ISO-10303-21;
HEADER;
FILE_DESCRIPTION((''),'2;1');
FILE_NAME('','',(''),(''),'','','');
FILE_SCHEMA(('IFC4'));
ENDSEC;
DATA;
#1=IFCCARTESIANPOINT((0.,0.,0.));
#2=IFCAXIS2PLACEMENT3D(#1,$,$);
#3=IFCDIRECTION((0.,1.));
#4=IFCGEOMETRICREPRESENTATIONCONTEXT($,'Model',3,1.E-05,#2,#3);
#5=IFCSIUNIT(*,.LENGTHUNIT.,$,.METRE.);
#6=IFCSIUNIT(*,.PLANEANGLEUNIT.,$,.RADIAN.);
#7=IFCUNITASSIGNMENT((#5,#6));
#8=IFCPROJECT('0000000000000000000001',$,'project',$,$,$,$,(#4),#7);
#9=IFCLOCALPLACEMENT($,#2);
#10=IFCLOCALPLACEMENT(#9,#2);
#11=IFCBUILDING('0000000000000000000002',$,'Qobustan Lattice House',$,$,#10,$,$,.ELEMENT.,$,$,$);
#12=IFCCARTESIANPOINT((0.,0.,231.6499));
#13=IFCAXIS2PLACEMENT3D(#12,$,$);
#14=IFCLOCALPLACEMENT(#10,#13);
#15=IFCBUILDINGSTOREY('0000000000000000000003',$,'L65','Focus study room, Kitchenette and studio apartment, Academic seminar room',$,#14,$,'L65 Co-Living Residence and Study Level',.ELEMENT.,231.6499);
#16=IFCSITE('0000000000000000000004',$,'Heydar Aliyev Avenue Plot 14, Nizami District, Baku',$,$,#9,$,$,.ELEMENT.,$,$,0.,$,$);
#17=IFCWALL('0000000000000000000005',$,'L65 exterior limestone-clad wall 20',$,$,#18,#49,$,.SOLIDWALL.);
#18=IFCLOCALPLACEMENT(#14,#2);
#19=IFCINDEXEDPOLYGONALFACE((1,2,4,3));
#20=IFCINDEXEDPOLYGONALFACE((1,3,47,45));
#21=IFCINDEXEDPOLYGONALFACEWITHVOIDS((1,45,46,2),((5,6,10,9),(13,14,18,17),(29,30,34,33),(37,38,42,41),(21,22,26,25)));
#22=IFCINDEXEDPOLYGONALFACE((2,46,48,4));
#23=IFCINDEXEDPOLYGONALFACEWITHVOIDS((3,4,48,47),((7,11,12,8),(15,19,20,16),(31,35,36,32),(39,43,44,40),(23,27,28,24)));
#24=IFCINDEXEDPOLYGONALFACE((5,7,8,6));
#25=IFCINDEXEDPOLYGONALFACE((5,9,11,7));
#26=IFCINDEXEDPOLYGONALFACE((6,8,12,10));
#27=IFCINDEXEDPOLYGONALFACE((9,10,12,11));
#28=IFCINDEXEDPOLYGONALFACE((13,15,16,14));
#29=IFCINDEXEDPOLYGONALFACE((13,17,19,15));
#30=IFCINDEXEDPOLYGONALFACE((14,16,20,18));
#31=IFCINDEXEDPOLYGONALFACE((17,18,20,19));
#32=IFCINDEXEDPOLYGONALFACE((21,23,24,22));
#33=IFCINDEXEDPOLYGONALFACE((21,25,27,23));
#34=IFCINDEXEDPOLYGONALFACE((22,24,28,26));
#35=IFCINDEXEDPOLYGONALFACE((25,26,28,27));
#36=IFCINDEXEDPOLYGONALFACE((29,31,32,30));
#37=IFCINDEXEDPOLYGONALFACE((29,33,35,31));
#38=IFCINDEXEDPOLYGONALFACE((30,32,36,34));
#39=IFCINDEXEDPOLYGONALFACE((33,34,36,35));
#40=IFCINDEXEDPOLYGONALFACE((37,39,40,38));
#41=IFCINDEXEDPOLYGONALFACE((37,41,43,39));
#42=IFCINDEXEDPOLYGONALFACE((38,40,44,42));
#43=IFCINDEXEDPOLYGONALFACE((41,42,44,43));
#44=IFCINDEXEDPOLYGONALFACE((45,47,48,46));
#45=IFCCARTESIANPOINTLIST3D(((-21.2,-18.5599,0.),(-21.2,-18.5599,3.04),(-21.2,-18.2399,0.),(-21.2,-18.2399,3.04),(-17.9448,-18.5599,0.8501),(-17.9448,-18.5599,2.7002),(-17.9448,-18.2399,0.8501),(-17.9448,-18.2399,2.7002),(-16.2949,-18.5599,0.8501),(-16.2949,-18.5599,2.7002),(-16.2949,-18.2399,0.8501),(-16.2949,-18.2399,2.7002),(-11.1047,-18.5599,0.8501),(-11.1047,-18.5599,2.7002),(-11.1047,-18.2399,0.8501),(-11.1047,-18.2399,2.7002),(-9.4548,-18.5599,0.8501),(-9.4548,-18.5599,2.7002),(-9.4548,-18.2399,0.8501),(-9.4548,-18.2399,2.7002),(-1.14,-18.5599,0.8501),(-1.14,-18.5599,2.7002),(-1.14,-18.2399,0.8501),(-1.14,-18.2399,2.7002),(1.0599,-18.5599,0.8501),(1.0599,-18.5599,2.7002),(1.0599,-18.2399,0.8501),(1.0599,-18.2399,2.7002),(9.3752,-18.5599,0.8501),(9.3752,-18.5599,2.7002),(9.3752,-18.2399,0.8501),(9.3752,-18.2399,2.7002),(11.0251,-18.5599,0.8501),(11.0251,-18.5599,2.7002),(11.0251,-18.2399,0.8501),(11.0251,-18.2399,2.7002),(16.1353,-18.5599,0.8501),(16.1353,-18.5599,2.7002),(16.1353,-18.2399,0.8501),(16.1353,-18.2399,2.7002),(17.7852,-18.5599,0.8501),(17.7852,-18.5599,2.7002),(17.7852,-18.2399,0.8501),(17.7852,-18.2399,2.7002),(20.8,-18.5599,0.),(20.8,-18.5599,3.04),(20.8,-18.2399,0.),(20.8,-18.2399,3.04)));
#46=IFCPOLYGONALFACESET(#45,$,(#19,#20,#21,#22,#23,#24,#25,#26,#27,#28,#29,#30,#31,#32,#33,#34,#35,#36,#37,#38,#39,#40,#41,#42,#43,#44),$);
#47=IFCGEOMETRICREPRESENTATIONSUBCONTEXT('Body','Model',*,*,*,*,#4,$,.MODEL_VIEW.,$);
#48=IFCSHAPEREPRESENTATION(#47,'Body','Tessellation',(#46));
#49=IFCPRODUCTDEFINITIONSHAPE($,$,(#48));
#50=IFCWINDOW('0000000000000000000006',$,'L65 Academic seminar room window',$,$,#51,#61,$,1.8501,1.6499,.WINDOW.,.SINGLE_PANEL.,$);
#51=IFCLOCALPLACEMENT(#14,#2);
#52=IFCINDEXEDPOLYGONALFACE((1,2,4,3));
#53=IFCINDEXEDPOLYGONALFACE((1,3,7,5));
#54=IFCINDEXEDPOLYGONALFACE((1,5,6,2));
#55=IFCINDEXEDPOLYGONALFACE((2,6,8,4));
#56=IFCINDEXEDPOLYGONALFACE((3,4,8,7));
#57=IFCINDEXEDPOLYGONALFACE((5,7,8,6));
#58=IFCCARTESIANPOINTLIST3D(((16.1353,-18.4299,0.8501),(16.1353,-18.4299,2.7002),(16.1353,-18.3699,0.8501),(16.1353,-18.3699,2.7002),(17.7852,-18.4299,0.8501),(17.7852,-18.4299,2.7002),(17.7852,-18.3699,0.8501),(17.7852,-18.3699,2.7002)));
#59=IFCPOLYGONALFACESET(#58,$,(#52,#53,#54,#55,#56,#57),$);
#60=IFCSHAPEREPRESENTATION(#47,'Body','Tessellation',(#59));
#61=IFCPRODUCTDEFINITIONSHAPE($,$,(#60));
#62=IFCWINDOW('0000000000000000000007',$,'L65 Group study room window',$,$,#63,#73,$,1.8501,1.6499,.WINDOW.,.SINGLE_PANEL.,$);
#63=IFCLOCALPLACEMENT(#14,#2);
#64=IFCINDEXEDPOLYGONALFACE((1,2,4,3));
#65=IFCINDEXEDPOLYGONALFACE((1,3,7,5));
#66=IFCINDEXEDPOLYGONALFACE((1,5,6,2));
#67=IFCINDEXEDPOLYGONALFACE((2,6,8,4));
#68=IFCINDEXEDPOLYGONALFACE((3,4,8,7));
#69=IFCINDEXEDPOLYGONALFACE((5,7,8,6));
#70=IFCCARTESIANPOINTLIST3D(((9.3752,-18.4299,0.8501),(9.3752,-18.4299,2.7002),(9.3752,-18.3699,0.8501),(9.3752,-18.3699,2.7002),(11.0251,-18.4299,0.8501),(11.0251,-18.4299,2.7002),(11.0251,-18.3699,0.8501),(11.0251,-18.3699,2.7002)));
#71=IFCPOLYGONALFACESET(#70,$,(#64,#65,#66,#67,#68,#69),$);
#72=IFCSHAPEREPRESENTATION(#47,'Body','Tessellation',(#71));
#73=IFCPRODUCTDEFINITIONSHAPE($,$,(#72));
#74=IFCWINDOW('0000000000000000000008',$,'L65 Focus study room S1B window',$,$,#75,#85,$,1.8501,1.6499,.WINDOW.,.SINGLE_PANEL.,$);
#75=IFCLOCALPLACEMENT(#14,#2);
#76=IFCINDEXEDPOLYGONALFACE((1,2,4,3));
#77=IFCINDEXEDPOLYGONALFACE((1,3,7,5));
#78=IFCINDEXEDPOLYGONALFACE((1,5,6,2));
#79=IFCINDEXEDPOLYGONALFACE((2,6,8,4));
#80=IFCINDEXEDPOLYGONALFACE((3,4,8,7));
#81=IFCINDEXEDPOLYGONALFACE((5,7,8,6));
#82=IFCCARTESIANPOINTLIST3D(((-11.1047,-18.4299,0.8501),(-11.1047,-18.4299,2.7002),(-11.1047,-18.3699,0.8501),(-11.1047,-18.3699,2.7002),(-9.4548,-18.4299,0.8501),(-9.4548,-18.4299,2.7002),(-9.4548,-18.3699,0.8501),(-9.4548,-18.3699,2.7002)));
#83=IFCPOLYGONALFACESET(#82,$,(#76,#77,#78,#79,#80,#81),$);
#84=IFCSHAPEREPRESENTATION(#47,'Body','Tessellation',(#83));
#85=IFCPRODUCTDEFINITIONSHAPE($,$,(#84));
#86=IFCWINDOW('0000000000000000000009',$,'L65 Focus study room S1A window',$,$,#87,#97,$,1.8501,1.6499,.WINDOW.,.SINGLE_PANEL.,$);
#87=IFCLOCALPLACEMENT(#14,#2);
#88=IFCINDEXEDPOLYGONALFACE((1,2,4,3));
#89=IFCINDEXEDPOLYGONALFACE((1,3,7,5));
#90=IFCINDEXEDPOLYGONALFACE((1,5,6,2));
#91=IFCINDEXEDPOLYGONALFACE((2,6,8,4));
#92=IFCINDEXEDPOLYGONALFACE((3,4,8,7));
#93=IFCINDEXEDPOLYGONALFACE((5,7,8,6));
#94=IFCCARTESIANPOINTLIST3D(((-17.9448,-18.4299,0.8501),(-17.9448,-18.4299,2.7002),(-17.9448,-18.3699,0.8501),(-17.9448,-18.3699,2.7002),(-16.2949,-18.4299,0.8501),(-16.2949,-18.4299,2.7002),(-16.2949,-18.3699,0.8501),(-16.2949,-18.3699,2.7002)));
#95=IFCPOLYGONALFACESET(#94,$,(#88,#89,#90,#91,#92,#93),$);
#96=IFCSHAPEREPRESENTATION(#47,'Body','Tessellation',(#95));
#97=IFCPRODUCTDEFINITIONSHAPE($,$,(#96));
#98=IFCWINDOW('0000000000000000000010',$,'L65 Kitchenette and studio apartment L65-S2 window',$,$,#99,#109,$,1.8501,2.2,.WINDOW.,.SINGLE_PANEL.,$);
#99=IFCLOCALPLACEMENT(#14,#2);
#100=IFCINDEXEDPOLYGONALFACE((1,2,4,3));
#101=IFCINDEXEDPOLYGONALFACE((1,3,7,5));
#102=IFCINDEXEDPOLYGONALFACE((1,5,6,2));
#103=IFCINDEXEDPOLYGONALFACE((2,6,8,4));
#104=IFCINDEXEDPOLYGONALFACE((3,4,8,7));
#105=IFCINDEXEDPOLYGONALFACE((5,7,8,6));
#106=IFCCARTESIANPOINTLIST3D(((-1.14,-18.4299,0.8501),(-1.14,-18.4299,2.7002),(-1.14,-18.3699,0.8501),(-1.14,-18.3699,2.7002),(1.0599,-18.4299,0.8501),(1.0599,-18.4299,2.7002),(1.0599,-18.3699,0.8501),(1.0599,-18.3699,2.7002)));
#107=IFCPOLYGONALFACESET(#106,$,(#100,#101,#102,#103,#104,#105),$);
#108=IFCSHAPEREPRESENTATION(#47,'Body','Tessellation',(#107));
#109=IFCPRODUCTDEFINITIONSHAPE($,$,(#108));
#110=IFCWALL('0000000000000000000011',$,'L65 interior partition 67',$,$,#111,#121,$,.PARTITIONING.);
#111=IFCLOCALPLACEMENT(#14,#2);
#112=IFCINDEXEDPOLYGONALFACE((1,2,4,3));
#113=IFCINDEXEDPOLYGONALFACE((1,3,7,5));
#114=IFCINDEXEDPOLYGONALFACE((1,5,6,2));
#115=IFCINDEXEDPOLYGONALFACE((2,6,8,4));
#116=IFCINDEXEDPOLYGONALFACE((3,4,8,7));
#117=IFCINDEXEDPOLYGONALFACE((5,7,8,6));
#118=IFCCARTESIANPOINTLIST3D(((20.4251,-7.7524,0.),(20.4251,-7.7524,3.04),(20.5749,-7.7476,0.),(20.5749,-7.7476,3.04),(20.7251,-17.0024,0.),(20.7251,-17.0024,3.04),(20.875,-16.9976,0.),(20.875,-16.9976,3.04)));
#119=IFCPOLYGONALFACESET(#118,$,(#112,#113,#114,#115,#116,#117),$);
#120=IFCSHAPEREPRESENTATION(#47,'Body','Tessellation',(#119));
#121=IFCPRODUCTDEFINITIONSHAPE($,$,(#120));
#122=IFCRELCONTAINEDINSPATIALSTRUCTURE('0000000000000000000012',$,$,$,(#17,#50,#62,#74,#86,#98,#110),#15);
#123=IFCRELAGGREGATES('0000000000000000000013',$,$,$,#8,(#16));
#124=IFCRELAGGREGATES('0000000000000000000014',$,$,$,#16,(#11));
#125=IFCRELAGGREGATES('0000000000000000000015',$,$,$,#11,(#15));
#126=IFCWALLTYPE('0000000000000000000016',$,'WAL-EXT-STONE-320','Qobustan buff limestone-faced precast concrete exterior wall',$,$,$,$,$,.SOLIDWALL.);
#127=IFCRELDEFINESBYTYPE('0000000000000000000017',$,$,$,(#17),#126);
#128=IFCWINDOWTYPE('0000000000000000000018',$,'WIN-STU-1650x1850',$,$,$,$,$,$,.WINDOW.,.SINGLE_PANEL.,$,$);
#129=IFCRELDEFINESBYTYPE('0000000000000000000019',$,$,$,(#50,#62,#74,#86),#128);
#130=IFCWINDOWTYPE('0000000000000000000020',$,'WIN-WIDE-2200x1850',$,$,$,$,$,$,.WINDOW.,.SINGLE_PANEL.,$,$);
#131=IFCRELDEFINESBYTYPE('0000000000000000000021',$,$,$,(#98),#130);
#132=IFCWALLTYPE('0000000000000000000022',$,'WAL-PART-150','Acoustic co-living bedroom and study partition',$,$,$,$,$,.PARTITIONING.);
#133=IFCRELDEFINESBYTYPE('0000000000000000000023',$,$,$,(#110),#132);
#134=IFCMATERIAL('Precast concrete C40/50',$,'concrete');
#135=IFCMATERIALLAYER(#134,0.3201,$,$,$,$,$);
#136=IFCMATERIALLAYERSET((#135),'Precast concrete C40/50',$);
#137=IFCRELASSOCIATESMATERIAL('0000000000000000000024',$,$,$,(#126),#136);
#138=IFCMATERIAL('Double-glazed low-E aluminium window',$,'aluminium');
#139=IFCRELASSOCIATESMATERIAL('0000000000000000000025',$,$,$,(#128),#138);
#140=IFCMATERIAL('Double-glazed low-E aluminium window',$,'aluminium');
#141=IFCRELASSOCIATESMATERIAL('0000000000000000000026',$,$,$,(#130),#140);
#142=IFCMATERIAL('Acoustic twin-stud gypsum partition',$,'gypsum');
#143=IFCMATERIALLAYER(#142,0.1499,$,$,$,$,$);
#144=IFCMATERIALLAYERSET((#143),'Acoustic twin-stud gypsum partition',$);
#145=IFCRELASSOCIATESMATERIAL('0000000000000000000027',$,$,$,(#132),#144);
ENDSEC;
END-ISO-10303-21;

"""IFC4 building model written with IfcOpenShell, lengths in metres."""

from ifc_helpers import new_model, si_unit, direction, frame, frame_2d, origin, place, context, subcontext, project, spatial, rectangle, extrude, material, layer, layer_set, type_object, element, fill, save


model = new_model("IFC4")

# Units and contexts
model_context = context("Model", 3, precision=1e-05, world=origin(), true_north=direction((0.0, 1.0)))
body_context = subcontext(model_context, "Body", "Model", "MODEL_VIEW")
ifc_project = project(units=[si_unit("LENGTHUNIT", "METRE"), si_unit("PLANEANGLEUNIT", "RADIAN")], contexts=[model_context])

# Site, building, storey
site_placement = place(None, origin())
site = spatial("IfcSite", under=ifc_project, at=site_placement, Name="Heydar Aliyev Avenue Plot 14, Nizami District, Baku", CompositionType="ELEMENT", RefElevation=0.0)
building_placement = place(site_placement, origin())
building = spatial("IfcBuilding", under=site, at=building_placement, Name="Qobustan Lattice House", CompositionType="ELEMENT")
storey_placement = place(building_placement, frame((0.0, 0.0, 231.6499)))
storey = spatial("IfcBuildingStorey", under=building, at=storey_placement, Name="L65", Description="Focus study room, Kitchenette and studio apartment, Academic seminar room", LongName="L65 Co-Living Residence and Study Level", CompositionType="ELEMENT", Elevation=231.6499)

# Shared definitions
ifc_material_1 = material(Name="Precast concrete C40/50", Category="concrete")
ifc_layer_1 = layer(ifc_material_1, 0.3201)
ifc_layer_set_1 = layer_set([ifc_layer_1], Name="Precast concrete C40/50")
wall_type_1 = type_object("IfcWallType", Name="WAL-EXT-STONE-320", Description="Qobustan buff limestone-faced precast concrete exterior wall", PredefinedType="SOLIDWALL", material=ifc_layer_set_1)

# Wall, openings, windows
wall_1_placement = place(storey_placement, frame((20.8, -18.3999, 0.0), z_axis=(0.0, 0.0, 1.0), x_axis=(-1.0, 0.0, 0.0)))
wall_1 = element("IfcWall", 1, at=wall_1_placement, inside=storey, type_object=wall_type_1, Name="L65 exterior limestone-clad wall 20", PredefinedType="SOLIDWALL", context=body_context, shape_type="SweptSolid", body=[
    extrude(rectangle(XDim=42.0, YDim=0.3201, at=frame_2d((21.0, 0.0))), origin(), (0.0, 0.0, 1.0), 3.04),
])
opening_1_placement = place(wall_1_placement, frame((3.0149, 0.0, 0.8501)))
opening_1 = element("IfcOpeningElement", 2, at=opening_1_placement, cuts=wall_1, PredefinedType="OPENING", context=body_context, shape_type="SweptSolid", body=[
    extrude(rectangle(XDim=1.6499, YDim=1.8501, at=frame_2d((0.825, 0.925))), frame((0.0, 0.1699, 0.0), z_axis=(0.0, -1.0, 0.0), x_axis=(1.0, 0.0, 0.0)), (0.0, 0.0, 1.0), 0.3401),
])
opening_2_placement = place(wall_1_placement, frame((9.7749, 0.0, 0.8501)))
opening_2 = element("IfcOpeningElement", 3, at=opening_2_placement, cuts=wall_1, PredefinedType="OPENING", context=body_context, shape_type="SweptSolid", body=[
    extrude(rectangle(XDim=1.6499, YDim=1.8501, at=frame_2d((0.825, 0.925))), frame((0.0, 0.1699, 0.0), z_axis=(0.0, -1.0, 0.0), x_axis=(1.0, 0.0, 0.0)), (0.0, 0.0, 1.0), 0.3401),
])
opening_3_placement = place(wall_1_placement, frame((19.74, 0.0, 0.8501)))
opening_3 = element("IfcOpeningElement", 4, at=opening_3_placement, cuts=wall_1, PredefinedType="OPENING", context=body_context, shape_type="SweptSolid", body=[
    extrude(rectangle(XDim=2.2, YDim=1.8501, at=frame_2d((1.1001, 0.925))), frame((0.0, 0.1699, 0.0), z_axis=(0.0, -1.0, 0.0), x_axis=(1.0, 0.0, 0.0)), (0.0, 0.0, 1.0), 0.3401),
])
opening_4_placement = place(wall_1_placement, frame((30.2549, 0.0, 0.8501)))
opening_4 = element("IfcOpeningElement", 5, at=opening_4_placement, cuts=wall_1, PredefinedType="OPENING", context=body_context, shape_type="SweptSolid", body=[
    extrude(rectangle(XDim=1.6499, YDim=1.8501, at=frame_2d((0.825, 0.925))), frame((0.0, 0.1699, 0.0), z_axis=(0.0, -1.0, 0.0), x_axis=(1.0, 0.0, 0.0)), (0.0, 0.0, 1.0), 0.3401),
])
opening_5_placement = place(wall_1_placement, frame((37.095, 0.0, 0.8501)))
opening_5 = element("IfcOpeningElement", 6, at=opening_5_placement, cuts=wall_1, PredefinedType="OPENING", context=body_context, shape_type="SweptSolid", body=[
    extrude(rectangle(XDim=1.6499, YDim=1.8501, at=frame_2d((0.825, 0.925))), frame((0.0, 0.1699, 0.0), z_axis=(0.0, -1.0, 0.0), x_axis=(1.0, 0.0, 0.0)), (0.0, 0.0, 1.0), 0.3401),
])
ifc_material_2 = material(Name="Double-glazed low-E aluminium window", Category="aluminium")
window_type_1 = type_object("IfcWindowType", Name="WIN-STU-1650x1850", PartitioningType="SINGLE_PANEL", PredefinedType="WINDOW", material=ifc_material_2)
window_1_placement = place(opening_1_placement, origin())
window_1 = element("IfcWindow", 7, at=window_1_placement, inside=storey, type_object=window_type_1, Name="L65 Academic seminar room window", OverallHeight=1.8501, OverallWidth=1.6499, PartitioningType="SINGLE_PANEL", PredefinedType="WINDOW", context=body_context, shape_type="SweptSolid", body=[
    extrude(rectangle(XDim=1.6499, YDim=1.8501, at=frame_2d((0.825, 0.925))), frame((0.0, 0.03, 0.0), z_axis=(0.0, -1.0, 0.0), x_axis=(1.0, 0.0, 0.0)), (0.0, 0.0, 1.0), 0.0601),
])
fill(opening_1, window_1)
window_2_placement = place(opening_2_placement, origin())
window_2 = element("IfcWindow", 8, at=window_2_placement, inside=storey, type_object=window_type_1, Name="L65 Group study room window", OverallHeight=1.8501, OverallWidth=1.6499, PartitioningType="SINGLE_PANEL", PredefinedType="WINDOW", context=body_context, shape_type="SweptSolid", body=[
    extrude(rectangle(XDim=1.6499, YDim=1.8501, at=frame_2d((0.825, 0.925))), frame((0.0, 0.03, 0.0), z_axis=(0.0, -1.0, 0.0), x_axis=(1.0, 0.0, 0.0)), (0.0, 0.0, 1.0), 0.0601),
])
fill(opening_2, window_2)
window_3_placement = place(opening_4_placement, origin())
window_3 = element("IfcWindow", 9, at=window_3_placement, inside=storey, type_object=window_type_1, Name="L65 Focus study room S1B window", OverallHeight=1.8501, OverallWidth=1.6499, PartitioningType="SINGLE_PANEL", PredefinedType="WINDOW", context=body_context, shape_type="SweptSolid", body=[
    extrude(rectangle(XDim=1.6499, YDim=1.8501, at=frame_2d((0.825, 0.925))), frame((0.0, 0.03, 0.0), z_axis=(0.0, -1.0, 0.0), x_axis=(1.0, 0.0, 0.0)), (0.0, 0.0, 1.0), 0.0601),
])
fill(opening_4, window_3)
window_4_placement = place(opening_5_placement, origin())
window_4 = element("IfcWindow", 10, at=window_4_placement, inside=storey, type_object=window_type_1, Name="L65 Focus study room S1A window", OverallHeight=1.8501, OverallWidth=1.6499, PartitioningType="SINGLE_PANEL", PredefinedType="WINDOW", context=body_context, shape_type="SweptSolid", body=[
    extrude(rectangle(XDim=1.6499, YDim=1.8501, at=frame_2d((0.825, 0.925))), frame((0.0, 0.03, 0.0), z_axis=(0.0, -1.0, 0.0), x_axis=(1.0, 0.0, 0.0)), (0.0, 0.0, 1.0), 0.0601),
])
fill(opening_5, window_4)
ifc_material_3 = material(Name="Double-glazed low-E aluminium window", Category="aluminium")
window_type_2 = type_object("IfcWindowType", Name="WIN-WIDE-2200x1850", PartitioningType="SINGLE_PANEL", PredefinedType="WINDOW", material=ifc_material_3)
window_5_placement = place(opening_3_placement, origin())
window_5 = element("IfcWindow", 11, at=window_5_placement, inside=storey, type_object=window_type_2, Name="L65 Kitchenette and studio apartment L65-S2 window", OverallHeight=1.8501, OverallWidth=2.2, PartitioningType="SINGLE_PANEL", PredefinedType="WINDOW", context=body_context, shape_type="SweptSolid", body=[
    extrude(rectangle(XDim=2.2, YDim=1.8501, at=frame_2d((1.1001, 0.925))), frame((0.0, 0.03, 0.0), z_axis=(0.0, -1.0, 0.0), x_axis=(1.0, 0.0, 0.0)), (0.0, 0.0, 1.0), 0.0601),
])
fill(opening_3, window_5)

# Wall
ifc_material_4 = material(Name="Acoustic twin-stud gypsum partition", Category="gypsum")
ifc_layer_2 = layer(ifc_material_4, 0.1499)
ifc_layer_set_2 = layer_set([ifc_layer_2], Name="Acoustic twin-stud gypsum partition")
wall_type_2 = type_object("IfcWallType", Name="WAL-PART-150", Description="Acoustic co-living bedroom and study partition", PredefinedType="PARTITIONING", material=ifc_layer_set_2)
wall_2_placement = place(storey_placement, frame((20.8, -17.0, 0.0), z_axis=(0.0, 0.0, 1.0), x_axis=(-0.032421, 0.999474, 0.0)))
element("IfcWall", 12, at=wall_2_placement, inside=storey, type_object=wall_type_2, Name="L65 interior partition 67", PredefinedType="PARTITIONING", context=body_context, shape_type="SweptSolid", body=[
    extrude(rectangle(XDim=9.2549, YDim=0.1499, at=frame_2d((4.6274, 0.0))), origin(), (0.0, 0.0, 1.0), 3.04),
])

save(model, "model.ifc")
